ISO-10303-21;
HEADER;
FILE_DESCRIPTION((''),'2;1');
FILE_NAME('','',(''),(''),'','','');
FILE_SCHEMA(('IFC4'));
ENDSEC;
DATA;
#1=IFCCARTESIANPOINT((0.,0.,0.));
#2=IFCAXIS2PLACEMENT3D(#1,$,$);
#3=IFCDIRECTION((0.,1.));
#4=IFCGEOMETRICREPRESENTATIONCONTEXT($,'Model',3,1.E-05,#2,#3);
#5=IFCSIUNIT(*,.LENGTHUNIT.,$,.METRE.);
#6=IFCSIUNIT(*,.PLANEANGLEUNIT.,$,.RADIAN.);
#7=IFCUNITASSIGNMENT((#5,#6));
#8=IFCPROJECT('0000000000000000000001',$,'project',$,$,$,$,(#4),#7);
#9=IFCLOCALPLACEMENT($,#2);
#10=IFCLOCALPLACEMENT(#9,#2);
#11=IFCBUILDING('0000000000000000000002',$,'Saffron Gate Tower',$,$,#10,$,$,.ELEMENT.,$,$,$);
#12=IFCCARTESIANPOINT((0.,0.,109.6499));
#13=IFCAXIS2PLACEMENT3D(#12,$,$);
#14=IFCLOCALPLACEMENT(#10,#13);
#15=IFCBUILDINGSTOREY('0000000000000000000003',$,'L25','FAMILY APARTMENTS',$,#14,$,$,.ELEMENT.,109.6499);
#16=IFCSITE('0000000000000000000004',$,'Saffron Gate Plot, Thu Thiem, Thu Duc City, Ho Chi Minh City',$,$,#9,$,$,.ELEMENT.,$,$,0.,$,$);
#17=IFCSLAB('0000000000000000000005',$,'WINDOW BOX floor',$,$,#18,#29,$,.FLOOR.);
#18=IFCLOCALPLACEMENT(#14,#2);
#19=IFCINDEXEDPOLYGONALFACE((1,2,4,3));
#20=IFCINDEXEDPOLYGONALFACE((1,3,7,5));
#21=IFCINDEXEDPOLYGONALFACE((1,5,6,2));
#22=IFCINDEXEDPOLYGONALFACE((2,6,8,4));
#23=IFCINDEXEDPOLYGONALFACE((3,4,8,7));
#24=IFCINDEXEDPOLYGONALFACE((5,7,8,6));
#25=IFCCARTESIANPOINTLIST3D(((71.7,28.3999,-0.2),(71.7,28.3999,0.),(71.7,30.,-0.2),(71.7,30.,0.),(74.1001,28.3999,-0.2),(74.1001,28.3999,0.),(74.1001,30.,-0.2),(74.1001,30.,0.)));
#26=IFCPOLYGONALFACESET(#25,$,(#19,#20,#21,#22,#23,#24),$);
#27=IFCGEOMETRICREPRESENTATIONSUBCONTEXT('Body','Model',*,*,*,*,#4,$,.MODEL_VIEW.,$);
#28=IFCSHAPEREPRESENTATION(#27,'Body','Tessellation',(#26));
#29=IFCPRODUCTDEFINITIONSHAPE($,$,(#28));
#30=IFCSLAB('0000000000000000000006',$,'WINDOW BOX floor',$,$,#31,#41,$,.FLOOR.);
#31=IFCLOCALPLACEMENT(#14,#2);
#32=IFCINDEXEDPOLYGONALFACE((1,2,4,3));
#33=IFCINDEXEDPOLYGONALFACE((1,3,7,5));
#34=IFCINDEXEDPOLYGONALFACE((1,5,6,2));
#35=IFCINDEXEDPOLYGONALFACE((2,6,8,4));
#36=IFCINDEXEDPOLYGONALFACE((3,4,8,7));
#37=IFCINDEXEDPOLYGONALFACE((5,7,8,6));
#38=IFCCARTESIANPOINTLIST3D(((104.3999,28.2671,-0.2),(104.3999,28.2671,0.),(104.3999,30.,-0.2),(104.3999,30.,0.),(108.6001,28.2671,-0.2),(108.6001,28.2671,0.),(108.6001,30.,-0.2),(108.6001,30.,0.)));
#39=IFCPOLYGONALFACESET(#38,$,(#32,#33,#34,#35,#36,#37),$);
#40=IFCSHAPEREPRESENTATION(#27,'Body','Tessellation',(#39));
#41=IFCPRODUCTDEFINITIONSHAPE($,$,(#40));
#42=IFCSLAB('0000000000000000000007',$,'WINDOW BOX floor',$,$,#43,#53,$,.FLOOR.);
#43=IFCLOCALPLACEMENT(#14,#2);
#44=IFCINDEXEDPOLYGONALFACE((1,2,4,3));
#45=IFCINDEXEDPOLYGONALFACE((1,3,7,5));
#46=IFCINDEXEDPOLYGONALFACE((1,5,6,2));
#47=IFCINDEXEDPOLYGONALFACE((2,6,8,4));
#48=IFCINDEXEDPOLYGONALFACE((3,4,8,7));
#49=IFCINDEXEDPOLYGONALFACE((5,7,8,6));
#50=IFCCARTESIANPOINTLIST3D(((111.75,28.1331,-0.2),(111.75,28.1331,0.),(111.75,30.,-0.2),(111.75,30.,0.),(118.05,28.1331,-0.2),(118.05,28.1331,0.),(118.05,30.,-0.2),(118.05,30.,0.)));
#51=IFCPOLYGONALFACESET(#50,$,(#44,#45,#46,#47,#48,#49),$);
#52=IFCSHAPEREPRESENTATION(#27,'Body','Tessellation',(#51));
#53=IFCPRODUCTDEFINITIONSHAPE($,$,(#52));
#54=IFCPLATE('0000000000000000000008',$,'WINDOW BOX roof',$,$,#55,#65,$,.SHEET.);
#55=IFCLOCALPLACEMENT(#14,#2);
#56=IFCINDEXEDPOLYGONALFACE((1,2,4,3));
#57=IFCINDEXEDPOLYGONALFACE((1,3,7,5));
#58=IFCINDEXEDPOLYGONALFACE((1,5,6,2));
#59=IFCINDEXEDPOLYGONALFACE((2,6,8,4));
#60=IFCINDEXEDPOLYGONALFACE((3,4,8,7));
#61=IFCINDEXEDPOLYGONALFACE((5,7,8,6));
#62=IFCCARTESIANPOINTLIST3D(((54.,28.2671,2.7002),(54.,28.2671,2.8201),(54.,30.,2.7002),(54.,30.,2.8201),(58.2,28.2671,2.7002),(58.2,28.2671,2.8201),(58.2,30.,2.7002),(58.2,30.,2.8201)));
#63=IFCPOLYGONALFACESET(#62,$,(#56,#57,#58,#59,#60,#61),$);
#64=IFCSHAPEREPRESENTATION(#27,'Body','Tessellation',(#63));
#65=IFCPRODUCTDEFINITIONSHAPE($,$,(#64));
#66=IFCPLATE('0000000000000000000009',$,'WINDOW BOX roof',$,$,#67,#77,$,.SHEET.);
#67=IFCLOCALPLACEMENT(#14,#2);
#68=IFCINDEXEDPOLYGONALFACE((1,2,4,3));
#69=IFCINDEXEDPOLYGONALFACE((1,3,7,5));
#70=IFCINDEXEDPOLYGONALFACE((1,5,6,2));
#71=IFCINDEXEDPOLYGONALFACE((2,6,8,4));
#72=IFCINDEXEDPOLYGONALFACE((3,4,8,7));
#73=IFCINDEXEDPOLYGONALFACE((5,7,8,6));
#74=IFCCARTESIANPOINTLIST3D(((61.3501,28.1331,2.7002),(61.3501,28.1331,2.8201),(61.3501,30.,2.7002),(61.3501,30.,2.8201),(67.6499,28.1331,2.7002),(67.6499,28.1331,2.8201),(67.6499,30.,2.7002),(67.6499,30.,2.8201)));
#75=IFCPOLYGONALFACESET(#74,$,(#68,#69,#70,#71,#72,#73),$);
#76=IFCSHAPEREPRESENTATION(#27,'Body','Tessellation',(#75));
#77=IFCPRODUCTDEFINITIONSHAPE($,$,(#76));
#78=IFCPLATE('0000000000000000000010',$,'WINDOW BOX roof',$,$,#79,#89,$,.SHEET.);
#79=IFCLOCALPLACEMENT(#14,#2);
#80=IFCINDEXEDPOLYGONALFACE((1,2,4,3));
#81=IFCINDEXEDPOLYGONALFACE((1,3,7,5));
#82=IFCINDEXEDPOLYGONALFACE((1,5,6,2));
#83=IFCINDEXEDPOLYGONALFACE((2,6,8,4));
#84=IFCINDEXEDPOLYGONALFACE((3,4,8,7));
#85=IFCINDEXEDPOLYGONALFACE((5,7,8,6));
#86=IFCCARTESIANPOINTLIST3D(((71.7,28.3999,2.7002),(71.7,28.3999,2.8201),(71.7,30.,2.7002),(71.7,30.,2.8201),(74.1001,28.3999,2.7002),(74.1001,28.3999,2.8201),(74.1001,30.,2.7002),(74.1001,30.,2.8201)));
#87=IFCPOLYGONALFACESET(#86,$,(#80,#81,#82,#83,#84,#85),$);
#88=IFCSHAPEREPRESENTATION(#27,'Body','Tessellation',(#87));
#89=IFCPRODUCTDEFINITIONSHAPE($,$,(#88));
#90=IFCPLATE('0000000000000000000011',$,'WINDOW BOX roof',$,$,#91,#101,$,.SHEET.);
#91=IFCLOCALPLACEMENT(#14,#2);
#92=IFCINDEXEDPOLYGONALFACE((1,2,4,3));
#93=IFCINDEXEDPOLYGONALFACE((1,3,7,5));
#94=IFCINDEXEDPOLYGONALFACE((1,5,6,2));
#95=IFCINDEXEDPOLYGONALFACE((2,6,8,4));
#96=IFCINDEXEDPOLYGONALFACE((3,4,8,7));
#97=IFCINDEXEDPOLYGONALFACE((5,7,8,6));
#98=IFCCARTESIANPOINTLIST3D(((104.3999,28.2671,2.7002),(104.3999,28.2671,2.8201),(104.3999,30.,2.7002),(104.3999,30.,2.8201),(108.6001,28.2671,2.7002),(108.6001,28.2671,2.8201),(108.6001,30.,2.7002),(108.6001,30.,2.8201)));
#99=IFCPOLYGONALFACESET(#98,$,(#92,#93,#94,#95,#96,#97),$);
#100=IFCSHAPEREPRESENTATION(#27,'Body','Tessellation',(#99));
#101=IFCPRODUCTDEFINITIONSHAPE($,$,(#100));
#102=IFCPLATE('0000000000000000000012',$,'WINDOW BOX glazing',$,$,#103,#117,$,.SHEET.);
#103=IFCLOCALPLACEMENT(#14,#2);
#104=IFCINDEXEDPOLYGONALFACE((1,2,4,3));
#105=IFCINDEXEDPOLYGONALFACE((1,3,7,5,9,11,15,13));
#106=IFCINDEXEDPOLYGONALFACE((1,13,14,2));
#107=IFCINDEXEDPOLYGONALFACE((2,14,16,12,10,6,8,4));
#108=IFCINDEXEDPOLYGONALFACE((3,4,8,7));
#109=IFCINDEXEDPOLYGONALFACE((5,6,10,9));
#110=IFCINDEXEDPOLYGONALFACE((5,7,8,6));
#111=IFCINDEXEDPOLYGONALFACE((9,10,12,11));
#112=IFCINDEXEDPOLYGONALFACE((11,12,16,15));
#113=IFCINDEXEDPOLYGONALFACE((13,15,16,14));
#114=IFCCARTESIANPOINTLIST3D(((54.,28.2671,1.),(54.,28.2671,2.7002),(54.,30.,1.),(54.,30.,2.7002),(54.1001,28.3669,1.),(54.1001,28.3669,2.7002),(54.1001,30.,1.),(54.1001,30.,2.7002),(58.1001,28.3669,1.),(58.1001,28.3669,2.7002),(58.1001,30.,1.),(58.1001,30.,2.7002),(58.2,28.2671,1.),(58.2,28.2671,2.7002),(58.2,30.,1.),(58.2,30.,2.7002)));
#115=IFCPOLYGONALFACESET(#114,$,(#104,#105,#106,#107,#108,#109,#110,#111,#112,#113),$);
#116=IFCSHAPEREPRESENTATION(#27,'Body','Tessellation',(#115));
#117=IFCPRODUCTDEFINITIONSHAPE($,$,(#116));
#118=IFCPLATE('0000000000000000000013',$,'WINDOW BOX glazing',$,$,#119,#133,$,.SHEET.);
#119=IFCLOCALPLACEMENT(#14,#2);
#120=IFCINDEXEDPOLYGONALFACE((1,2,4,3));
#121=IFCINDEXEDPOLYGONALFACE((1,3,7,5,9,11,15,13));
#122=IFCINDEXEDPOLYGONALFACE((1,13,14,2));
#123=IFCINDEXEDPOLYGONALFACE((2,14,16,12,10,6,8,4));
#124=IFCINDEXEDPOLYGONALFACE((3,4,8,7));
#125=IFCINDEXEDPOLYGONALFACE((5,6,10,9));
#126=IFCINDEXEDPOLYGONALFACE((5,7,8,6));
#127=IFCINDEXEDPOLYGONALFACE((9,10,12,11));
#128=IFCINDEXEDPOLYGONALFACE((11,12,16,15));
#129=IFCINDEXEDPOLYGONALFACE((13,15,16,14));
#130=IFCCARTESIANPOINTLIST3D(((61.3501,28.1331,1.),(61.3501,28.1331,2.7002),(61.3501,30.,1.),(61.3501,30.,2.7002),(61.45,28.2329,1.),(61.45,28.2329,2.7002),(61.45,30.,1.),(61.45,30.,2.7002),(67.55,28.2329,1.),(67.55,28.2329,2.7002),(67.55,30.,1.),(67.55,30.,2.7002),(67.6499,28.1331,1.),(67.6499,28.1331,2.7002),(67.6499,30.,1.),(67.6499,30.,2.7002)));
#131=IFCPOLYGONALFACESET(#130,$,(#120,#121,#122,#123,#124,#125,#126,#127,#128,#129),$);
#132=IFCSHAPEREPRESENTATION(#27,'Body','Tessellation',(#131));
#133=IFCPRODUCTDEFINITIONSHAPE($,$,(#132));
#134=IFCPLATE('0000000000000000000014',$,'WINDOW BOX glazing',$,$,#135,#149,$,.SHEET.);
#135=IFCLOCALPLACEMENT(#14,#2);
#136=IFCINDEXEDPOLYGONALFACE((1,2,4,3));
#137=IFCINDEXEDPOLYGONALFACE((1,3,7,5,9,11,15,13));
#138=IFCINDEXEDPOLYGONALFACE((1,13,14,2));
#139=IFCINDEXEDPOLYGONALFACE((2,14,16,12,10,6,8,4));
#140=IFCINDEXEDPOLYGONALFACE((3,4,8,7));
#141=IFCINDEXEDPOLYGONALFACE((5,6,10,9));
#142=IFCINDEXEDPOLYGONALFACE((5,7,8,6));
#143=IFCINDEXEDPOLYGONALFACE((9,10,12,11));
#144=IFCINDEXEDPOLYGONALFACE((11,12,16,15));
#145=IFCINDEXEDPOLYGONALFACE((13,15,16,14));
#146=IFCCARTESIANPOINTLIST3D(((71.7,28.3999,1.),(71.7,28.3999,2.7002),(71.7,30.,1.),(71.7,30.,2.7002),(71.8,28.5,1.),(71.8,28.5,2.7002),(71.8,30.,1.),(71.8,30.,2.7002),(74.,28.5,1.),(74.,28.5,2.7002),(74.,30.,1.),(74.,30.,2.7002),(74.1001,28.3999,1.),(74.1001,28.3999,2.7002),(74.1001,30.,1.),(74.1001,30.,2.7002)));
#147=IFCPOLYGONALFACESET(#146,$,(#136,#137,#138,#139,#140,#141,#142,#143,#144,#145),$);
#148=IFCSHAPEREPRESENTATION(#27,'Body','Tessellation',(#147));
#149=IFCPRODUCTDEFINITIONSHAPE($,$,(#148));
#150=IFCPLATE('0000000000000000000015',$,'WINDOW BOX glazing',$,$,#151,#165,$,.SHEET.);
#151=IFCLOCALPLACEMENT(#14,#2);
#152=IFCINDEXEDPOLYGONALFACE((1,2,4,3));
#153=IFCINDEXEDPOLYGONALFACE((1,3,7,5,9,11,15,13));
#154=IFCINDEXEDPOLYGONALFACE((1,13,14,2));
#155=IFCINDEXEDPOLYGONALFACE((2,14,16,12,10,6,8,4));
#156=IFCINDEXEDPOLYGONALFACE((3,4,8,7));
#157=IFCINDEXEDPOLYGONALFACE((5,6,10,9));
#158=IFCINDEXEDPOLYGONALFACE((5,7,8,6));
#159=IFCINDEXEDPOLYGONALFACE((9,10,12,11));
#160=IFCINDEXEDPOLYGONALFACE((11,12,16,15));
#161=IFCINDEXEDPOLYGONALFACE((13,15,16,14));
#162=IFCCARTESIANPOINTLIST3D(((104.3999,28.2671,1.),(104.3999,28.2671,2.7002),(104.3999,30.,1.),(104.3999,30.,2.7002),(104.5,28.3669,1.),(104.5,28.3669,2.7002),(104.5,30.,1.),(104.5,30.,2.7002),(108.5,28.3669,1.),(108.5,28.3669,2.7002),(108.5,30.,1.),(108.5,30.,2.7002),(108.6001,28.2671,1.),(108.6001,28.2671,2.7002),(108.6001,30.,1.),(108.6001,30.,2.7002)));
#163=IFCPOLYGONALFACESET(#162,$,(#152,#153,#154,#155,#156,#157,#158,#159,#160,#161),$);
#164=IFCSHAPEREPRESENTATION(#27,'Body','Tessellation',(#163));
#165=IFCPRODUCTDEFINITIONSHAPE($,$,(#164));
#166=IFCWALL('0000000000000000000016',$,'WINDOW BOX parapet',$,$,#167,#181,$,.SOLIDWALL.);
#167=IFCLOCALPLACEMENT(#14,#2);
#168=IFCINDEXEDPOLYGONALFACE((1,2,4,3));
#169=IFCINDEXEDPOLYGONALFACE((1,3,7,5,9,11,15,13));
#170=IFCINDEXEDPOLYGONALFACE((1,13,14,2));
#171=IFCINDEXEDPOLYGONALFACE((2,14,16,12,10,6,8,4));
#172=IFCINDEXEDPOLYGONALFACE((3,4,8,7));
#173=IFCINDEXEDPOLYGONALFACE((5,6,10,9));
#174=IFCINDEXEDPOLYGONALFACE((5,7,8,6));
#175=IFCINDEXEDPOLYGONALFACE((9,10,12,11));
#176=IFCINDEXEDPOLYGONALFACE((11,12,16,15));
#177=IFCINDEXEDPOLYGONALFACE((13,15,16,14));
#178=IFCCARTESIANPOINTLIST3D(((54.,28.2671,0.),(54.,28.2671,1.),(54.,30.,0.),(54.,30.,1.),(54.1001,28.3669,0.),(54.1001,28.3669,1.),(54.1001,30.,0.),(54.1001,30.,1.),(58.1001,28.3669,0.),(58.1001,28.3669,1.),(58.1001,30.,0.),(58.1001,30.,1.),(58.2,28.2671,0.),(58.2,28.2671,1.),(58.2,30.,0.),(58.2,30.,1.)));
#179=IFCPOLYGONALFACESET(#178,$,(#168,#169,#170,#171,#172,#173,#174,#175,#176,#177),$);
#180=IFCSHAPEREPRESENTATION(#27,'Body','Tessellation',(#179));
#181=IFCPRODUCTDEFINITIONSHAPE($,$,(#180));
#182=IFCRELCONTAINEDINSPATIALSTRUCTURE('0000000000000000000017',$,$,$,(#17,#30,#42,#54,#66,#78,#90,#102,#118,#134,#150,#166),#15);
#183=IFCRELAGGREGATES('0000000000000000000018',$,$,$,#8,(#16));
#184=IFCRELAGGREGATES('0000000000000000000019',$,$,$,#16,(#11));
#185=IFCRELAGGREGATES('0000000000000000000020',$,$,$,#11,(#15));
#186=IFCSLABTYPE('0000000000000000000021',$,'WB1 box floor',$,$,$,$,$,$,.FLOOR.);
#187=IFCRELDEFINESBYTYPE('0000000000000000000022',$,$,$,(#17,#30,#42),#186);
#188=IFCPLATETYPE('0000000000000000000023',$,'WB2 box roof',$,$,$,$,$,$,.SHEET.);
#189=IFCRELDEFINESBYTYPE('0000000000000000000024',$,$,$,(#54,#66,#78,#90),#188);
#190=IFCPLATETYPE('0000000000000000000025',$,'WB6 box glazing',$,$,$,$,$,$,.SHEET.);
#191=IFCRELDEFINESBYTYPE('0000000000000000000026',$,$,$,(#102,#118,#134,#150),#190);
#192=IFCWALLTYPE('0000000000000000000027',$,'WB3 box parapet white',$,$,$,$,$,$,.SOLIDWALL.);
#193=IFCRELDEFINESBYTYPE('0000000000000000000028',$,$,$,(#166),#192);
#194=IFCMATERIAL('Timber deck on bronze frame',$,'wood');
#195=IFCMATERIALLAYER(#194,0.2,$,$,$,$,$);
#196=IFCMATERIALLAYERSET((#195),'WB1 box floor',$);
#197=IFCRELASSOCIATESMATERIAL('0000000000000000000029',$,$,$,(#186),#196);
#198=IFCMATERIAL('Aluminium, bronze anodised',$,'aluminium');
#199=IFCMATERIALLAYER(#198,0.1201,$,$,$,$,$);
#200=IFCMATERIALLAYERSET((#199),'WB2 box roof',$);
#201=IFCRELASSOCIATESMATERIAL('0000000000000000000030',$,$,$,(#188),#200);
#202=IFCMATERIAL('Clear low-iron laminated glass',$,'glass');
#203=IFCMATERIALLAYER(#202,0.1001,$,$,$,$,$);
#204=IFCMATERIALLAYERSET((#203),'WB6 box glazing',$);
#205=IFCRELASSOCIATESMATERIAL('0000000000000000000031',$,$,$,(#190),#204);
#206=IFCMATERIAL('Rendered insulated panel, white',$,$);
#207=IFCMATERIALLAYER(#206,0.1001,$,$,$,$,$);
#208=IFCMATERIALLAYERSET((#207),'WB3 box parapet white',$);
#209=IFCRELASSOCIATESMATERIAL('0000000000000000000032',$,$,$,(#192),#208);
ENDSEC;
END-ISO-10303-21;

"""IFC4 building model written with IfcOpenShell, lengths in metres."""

from ifc_helpers import new_model, si_unit, direction, frame, origin, place, context, subcontext, project, spatial, polyline, outline, extrude, material, layer, layer_set, type_object, element, save


model = new_model("IFC4")

# Units and contexts
model_context = context("Model", 3, precision=1e-05, world=origin(), true_north=direction((0.0, 1.0)))
body_context = subcontext(model_context, "Body", "Model", "MODEL_VIEW")
ifc_project = project(units=[si_unit("LENGTHUNIT", "METRE"), si_unit("PLANEANGLEUNIT", "RADIAN")], contexts=[model_context])

# Site, building, storey
site_placement = place(None, origin())
site = spatial("IfcSite", under=ifc_project, at=site_placement, Name="Saffron Gate Plot, Thu Thiem, Thu Duc City, Ho Chi Minh City", CompositionType="ELEMENT", RefElevation=0.0)
building_placement = place(site_placement, origin())
building = spatial("IfcBuilding", under=site, at=building_placement, Name="Saffron Gate Tower", CompositionType="ELEMENT")
storey_placement = place(building_placement, frame((0.0, 0.0, 109.6499)))
storey = spatial("IfcBuildingStorey", under=building, at=storey_placement, Name="L25", Description="FAMILY APARTMENTS", CompositionType="ELEMENT", Elevation=109.6499)

# Slabs
ifc_material_1 = material(Name="Timber deck on bronze frame", Category="wood")
ifc_layer_1 = layer(ifc_material_1, 0.2)
ifc_layer_set_1 = layer_set([ifc_layer_1], Name="WB1 box floor")
slab_type_1 = type_object("IfcSlabType", Name="WB1 box floor", PredefinedType="FLOOR", material=ifc_layer_set_1)
slab_1_placement = place(storey_placement, frame((0.0, 0.0, -0.2)))
element("IfcSlab", 1, at=slab_1_placement, inside=storey, type_object=slab_type_1, Name="WINDOW BOX floor", PredefinedType="FLOOR", context=body_context, shape_type="SweptSolid", body=[
    extrude(outline(polyline([(71.7, 30.0), (74.1001, 30.0), (74.1001, 28.3999), (71.7, 28.3999), (71.7, 30.0)])), origin(), (0.0, 0.0, 1.0), 0.2),
])
slab_2_placement = place(storey_placement, frame((0.0, 0.0, -0.2)))
element("IfcSlab", 2, at=slab_2_placement, inside=storey, type_object=slab_type_1, Name="WINDOW BOX floor", PredefinedType="FLOOR", context=body_context, shape_type="SweptSolid", body=[
    extrude(outline(polyline([(104.3999, 30.0), (108.6001, 30.0), (108.6001, 28.2671), (104.3999, 28.2671), (104.3999, 30.0)])), origin(), (0.0, 0.0, 1.0), 0.2),
])
slab_3_placement = place(storey_placement, frame((0.0, 0.0, -0.2)))
element("IfcSlab", 3, at=slab_3_placement, inside=storey, type_object=slab_type_1, Name="WINDOW BOX floor", PredefinedType="FLOOR", context=body_context, shape_type="SweptSolid", body=[
    extrude(outline(polyline([(111.75, 30.0), (118.05, 30.0), (118.05, 28.1331), (111.75, 28.1331), (111.75, 30.0)])), origin(), (0.0, 0.0, 1.0), 0.2),
])

# Plates
ifc_material_2 = material(Name="Aluminium, bronze anodised", Category="aluminium")
ifc_layer_2 = layer(ifc_material_2, 0.1201)
ifc_layer_set_2 = layer_set([ifc_layer_2], Name="WB2 box roof")
plate_type_1 = type_object("IfcPlateType", Name="WB2 box roof", PredefinedType="SHEET", material=ifc_layer_set_2)
plate_1_placement = place(storey_placement, frame((0.0, 0.0, 2.7002)))
element("IfcPlate", 4, at=plate_1_placement, inside=storey, type_object=plate_type_1, Name="WINDOW BOX roof", PredefinedType="SHEET", context=body_context, shape_type="SweptSolid", body=[
    extrude(outline(polyline([(54.0, 30.0), (58.2, 30.0), (58.2, 28.2671), (54.0, 28.2671), (54.0, 30.0)])), origin(), (0.0, 0.0, 1.0), 0.1199),
])
plate_2_placement = place(storey_placement, frame((0.0, 0.0, 2.7002)))
element("IfcPlate", 5, at=plate_2_placement, inside=storey, type_object=plate_type_1, Name="WINDOW BOX roof", PredefinedType="SHEET", context=body_context, shape_type="SweptSolid", body=[
    extrude(outline(polyline([(61.3501, 30.0), (67.6499, 30.0), (67.6499, 28.1331), (61.3501, 28.1331), (61.3501, 30.0)])), origin(), (0.0, 0.0, 1.0), 0.1199),
])
plate_3_placement = place(storey_placement, frame((0.0, 0.0, 2.7002)))
element("IfcPlate", 6, at=plate_3_placement, inside=storey, type_object=plate_type_1, Name="WINDOW BOX roof", PredefinedType="SHEET", context=body_context, shape_type="SweptSolid", body=[
    extrude(outline(polyline([(71.7, 30.0), (74.1001, 30.0), (74.1001, 28.3999), (71.7, 28.3999), (71.7, 30.0)])), origin(), (0.0, 0.0, 1.0), 0.1199),
])
plate_4_placement = place(storey_placement, frame((0.0, 0.0, 2.7002)))
element("IfcPlate", 7, at=plate_4_placement, inside=storey, type_object=plate_type_1, Name="WINDOW BOX roof", PredefinedType="SHEET", context=body_context, shape_type="SweptSolid", body=[
    extrude(outline(polyline([(104.3999, 30.0), (108.6001, 30.0), (108.6001, 28.2671), (104.3999, 28.2671), (104.3999, 30.0)])), origin(), (0.0, 0.0, 1.0), 0.1199),
])
ifc_material_3 = material(Name="Clear low-iron laminated glass", Category="glass")
ifc_layer_3 = layer(ifc_material_3, 0.1001)
ifc_layer_set_3 = layer_set([ifc_layer_3], Name="WB6 box glazing")
plate_type_2 = type_object("IfcPlateType", Name="WB6 box glazing", PredefinedType="SHEET", material=ifc_layer_set_3)
plate_5_placement = place(storey_placement, frame((0.0, 0.0, 1.0)))
element("IfcPlate", 8, at=plate_5_placement, inside=storey, type_object=plate_type_2, Name="WINDOW BOX glazing", PredefinedType="SHEET", context=body_context, shape_type="SweptSolid", body=[
    extrude(outline(polyline([(54.0, 30.0), (54.1001, 30.0), (54.1001, 28.3669), (58.1001, 28.3669), (58.1001, 30.0), (58.2, 30.0), (58.2, 28.2671), (54.0, 28.2671), (54.0, 30.0)])), origin(), (0.0, 0.0, 1.0), 1.7002),
])
plate_6_placement = place(storey_placement, frame((0.0, 0.0, 1.0)))
element("IfcPlate", 9, at=plate_6_placement, inside=storey, type_object=plate_type_2, Name="WINDOW BOX glazing", PredefinedType="SHEET", context=body_context, shape_type="SweptSolid", body=[
    extrude(outline(polyline([(61.3501, 30.0), (61.45, 30.0), (61.45, 28.2329), (67.55, 28.2329), (67.55, 30.0), (67.6499, 30.0), (67.6499, 28.1331), (61.3501, 28.1331), (61.3501, 30.0)])), origin(), (0.0, 0.0, 1.0), 1.7002),
])
plate_7_placement = place(storey_placement, frame((0.0, 0.0, 1.0)))
element("IfcPlate", 10, at=plate_7_placement, inside=storey, type_object=plate_type_2, Name="WINDOW BOX glazing", PredefinedType="SHEET", context=body_context, shape_type="SweptSolid", body=[
    extrude(outline(polyline([(71.7, 30.0), (71.8, 30.0), (71.8, 28.5), (74.0, 28.5), (74.0, 30.0), (74.1001, 30.0), (74.1001, 28.3999), (71.7, 28.3999), (71.7, 30.0)])), origin(), (0.0, 0.0, 1.0), 1.7002),
])
plate_8_placement = place(storey_placement, frame((0.0, 0.0, 1.0)))
element("IfcPlate", 11, at=plate_8_placement, inside=storey, type_object=plate_type_2, Name="WINDOW BOX glazing", PredefinedType="SHEET", context=body_context, shape_type="SweptSolid", body=[
    extrude(outline(polyline([(104.3999, 30.0), (104.5, 30.0), (104.5, 28.3669), (108.5, 28.3669), (108.5, 30.0), (108.6001, 30.0), (108.6001, 28.2671), (104.3999, 28.2671), (104.3999, 30.0)])), origin(), (0.0, 0.0, 1.0), 1.7002),
])

# Wall
ifc_material_4 = material(Name="Rendered insulated panel, white")
ifc_layer_4 = layer(ifc_material_4, 0.1001)
ifc_layer_set_4 = layer_set([ifc_layer_4], Name="WB3 box parapet white")
wall_type = type_object("IfcWallType", Name="WB3 box parapet white", PredefinedType="SOLIDWALL", material=ifc_layer_set_4)
wall_1_placement = place(storey_placement, origin())
element("IfcWall", 12, at=wall_1_placement, inside=storey, type_object=wall_type, Name="WINDOW BOX parapet", PredefinedType="SOLIDWALL", context=body_context, shape_type="SweptSolid", body=[
    extrude(outline(polyline([(54.0, 30.0), (54.1001, 30.0), (54.1001, 28.3669), (58.1001, 28.3669), (58.1001, 30.0), (58.2, 30.0), (58.2, 28.2671), (54.0, 28.2671), (54.0, 30.0)])), origin(), (0.0, 0.0, 1.0), 1.0),
])

save(model, "model.ifc")
